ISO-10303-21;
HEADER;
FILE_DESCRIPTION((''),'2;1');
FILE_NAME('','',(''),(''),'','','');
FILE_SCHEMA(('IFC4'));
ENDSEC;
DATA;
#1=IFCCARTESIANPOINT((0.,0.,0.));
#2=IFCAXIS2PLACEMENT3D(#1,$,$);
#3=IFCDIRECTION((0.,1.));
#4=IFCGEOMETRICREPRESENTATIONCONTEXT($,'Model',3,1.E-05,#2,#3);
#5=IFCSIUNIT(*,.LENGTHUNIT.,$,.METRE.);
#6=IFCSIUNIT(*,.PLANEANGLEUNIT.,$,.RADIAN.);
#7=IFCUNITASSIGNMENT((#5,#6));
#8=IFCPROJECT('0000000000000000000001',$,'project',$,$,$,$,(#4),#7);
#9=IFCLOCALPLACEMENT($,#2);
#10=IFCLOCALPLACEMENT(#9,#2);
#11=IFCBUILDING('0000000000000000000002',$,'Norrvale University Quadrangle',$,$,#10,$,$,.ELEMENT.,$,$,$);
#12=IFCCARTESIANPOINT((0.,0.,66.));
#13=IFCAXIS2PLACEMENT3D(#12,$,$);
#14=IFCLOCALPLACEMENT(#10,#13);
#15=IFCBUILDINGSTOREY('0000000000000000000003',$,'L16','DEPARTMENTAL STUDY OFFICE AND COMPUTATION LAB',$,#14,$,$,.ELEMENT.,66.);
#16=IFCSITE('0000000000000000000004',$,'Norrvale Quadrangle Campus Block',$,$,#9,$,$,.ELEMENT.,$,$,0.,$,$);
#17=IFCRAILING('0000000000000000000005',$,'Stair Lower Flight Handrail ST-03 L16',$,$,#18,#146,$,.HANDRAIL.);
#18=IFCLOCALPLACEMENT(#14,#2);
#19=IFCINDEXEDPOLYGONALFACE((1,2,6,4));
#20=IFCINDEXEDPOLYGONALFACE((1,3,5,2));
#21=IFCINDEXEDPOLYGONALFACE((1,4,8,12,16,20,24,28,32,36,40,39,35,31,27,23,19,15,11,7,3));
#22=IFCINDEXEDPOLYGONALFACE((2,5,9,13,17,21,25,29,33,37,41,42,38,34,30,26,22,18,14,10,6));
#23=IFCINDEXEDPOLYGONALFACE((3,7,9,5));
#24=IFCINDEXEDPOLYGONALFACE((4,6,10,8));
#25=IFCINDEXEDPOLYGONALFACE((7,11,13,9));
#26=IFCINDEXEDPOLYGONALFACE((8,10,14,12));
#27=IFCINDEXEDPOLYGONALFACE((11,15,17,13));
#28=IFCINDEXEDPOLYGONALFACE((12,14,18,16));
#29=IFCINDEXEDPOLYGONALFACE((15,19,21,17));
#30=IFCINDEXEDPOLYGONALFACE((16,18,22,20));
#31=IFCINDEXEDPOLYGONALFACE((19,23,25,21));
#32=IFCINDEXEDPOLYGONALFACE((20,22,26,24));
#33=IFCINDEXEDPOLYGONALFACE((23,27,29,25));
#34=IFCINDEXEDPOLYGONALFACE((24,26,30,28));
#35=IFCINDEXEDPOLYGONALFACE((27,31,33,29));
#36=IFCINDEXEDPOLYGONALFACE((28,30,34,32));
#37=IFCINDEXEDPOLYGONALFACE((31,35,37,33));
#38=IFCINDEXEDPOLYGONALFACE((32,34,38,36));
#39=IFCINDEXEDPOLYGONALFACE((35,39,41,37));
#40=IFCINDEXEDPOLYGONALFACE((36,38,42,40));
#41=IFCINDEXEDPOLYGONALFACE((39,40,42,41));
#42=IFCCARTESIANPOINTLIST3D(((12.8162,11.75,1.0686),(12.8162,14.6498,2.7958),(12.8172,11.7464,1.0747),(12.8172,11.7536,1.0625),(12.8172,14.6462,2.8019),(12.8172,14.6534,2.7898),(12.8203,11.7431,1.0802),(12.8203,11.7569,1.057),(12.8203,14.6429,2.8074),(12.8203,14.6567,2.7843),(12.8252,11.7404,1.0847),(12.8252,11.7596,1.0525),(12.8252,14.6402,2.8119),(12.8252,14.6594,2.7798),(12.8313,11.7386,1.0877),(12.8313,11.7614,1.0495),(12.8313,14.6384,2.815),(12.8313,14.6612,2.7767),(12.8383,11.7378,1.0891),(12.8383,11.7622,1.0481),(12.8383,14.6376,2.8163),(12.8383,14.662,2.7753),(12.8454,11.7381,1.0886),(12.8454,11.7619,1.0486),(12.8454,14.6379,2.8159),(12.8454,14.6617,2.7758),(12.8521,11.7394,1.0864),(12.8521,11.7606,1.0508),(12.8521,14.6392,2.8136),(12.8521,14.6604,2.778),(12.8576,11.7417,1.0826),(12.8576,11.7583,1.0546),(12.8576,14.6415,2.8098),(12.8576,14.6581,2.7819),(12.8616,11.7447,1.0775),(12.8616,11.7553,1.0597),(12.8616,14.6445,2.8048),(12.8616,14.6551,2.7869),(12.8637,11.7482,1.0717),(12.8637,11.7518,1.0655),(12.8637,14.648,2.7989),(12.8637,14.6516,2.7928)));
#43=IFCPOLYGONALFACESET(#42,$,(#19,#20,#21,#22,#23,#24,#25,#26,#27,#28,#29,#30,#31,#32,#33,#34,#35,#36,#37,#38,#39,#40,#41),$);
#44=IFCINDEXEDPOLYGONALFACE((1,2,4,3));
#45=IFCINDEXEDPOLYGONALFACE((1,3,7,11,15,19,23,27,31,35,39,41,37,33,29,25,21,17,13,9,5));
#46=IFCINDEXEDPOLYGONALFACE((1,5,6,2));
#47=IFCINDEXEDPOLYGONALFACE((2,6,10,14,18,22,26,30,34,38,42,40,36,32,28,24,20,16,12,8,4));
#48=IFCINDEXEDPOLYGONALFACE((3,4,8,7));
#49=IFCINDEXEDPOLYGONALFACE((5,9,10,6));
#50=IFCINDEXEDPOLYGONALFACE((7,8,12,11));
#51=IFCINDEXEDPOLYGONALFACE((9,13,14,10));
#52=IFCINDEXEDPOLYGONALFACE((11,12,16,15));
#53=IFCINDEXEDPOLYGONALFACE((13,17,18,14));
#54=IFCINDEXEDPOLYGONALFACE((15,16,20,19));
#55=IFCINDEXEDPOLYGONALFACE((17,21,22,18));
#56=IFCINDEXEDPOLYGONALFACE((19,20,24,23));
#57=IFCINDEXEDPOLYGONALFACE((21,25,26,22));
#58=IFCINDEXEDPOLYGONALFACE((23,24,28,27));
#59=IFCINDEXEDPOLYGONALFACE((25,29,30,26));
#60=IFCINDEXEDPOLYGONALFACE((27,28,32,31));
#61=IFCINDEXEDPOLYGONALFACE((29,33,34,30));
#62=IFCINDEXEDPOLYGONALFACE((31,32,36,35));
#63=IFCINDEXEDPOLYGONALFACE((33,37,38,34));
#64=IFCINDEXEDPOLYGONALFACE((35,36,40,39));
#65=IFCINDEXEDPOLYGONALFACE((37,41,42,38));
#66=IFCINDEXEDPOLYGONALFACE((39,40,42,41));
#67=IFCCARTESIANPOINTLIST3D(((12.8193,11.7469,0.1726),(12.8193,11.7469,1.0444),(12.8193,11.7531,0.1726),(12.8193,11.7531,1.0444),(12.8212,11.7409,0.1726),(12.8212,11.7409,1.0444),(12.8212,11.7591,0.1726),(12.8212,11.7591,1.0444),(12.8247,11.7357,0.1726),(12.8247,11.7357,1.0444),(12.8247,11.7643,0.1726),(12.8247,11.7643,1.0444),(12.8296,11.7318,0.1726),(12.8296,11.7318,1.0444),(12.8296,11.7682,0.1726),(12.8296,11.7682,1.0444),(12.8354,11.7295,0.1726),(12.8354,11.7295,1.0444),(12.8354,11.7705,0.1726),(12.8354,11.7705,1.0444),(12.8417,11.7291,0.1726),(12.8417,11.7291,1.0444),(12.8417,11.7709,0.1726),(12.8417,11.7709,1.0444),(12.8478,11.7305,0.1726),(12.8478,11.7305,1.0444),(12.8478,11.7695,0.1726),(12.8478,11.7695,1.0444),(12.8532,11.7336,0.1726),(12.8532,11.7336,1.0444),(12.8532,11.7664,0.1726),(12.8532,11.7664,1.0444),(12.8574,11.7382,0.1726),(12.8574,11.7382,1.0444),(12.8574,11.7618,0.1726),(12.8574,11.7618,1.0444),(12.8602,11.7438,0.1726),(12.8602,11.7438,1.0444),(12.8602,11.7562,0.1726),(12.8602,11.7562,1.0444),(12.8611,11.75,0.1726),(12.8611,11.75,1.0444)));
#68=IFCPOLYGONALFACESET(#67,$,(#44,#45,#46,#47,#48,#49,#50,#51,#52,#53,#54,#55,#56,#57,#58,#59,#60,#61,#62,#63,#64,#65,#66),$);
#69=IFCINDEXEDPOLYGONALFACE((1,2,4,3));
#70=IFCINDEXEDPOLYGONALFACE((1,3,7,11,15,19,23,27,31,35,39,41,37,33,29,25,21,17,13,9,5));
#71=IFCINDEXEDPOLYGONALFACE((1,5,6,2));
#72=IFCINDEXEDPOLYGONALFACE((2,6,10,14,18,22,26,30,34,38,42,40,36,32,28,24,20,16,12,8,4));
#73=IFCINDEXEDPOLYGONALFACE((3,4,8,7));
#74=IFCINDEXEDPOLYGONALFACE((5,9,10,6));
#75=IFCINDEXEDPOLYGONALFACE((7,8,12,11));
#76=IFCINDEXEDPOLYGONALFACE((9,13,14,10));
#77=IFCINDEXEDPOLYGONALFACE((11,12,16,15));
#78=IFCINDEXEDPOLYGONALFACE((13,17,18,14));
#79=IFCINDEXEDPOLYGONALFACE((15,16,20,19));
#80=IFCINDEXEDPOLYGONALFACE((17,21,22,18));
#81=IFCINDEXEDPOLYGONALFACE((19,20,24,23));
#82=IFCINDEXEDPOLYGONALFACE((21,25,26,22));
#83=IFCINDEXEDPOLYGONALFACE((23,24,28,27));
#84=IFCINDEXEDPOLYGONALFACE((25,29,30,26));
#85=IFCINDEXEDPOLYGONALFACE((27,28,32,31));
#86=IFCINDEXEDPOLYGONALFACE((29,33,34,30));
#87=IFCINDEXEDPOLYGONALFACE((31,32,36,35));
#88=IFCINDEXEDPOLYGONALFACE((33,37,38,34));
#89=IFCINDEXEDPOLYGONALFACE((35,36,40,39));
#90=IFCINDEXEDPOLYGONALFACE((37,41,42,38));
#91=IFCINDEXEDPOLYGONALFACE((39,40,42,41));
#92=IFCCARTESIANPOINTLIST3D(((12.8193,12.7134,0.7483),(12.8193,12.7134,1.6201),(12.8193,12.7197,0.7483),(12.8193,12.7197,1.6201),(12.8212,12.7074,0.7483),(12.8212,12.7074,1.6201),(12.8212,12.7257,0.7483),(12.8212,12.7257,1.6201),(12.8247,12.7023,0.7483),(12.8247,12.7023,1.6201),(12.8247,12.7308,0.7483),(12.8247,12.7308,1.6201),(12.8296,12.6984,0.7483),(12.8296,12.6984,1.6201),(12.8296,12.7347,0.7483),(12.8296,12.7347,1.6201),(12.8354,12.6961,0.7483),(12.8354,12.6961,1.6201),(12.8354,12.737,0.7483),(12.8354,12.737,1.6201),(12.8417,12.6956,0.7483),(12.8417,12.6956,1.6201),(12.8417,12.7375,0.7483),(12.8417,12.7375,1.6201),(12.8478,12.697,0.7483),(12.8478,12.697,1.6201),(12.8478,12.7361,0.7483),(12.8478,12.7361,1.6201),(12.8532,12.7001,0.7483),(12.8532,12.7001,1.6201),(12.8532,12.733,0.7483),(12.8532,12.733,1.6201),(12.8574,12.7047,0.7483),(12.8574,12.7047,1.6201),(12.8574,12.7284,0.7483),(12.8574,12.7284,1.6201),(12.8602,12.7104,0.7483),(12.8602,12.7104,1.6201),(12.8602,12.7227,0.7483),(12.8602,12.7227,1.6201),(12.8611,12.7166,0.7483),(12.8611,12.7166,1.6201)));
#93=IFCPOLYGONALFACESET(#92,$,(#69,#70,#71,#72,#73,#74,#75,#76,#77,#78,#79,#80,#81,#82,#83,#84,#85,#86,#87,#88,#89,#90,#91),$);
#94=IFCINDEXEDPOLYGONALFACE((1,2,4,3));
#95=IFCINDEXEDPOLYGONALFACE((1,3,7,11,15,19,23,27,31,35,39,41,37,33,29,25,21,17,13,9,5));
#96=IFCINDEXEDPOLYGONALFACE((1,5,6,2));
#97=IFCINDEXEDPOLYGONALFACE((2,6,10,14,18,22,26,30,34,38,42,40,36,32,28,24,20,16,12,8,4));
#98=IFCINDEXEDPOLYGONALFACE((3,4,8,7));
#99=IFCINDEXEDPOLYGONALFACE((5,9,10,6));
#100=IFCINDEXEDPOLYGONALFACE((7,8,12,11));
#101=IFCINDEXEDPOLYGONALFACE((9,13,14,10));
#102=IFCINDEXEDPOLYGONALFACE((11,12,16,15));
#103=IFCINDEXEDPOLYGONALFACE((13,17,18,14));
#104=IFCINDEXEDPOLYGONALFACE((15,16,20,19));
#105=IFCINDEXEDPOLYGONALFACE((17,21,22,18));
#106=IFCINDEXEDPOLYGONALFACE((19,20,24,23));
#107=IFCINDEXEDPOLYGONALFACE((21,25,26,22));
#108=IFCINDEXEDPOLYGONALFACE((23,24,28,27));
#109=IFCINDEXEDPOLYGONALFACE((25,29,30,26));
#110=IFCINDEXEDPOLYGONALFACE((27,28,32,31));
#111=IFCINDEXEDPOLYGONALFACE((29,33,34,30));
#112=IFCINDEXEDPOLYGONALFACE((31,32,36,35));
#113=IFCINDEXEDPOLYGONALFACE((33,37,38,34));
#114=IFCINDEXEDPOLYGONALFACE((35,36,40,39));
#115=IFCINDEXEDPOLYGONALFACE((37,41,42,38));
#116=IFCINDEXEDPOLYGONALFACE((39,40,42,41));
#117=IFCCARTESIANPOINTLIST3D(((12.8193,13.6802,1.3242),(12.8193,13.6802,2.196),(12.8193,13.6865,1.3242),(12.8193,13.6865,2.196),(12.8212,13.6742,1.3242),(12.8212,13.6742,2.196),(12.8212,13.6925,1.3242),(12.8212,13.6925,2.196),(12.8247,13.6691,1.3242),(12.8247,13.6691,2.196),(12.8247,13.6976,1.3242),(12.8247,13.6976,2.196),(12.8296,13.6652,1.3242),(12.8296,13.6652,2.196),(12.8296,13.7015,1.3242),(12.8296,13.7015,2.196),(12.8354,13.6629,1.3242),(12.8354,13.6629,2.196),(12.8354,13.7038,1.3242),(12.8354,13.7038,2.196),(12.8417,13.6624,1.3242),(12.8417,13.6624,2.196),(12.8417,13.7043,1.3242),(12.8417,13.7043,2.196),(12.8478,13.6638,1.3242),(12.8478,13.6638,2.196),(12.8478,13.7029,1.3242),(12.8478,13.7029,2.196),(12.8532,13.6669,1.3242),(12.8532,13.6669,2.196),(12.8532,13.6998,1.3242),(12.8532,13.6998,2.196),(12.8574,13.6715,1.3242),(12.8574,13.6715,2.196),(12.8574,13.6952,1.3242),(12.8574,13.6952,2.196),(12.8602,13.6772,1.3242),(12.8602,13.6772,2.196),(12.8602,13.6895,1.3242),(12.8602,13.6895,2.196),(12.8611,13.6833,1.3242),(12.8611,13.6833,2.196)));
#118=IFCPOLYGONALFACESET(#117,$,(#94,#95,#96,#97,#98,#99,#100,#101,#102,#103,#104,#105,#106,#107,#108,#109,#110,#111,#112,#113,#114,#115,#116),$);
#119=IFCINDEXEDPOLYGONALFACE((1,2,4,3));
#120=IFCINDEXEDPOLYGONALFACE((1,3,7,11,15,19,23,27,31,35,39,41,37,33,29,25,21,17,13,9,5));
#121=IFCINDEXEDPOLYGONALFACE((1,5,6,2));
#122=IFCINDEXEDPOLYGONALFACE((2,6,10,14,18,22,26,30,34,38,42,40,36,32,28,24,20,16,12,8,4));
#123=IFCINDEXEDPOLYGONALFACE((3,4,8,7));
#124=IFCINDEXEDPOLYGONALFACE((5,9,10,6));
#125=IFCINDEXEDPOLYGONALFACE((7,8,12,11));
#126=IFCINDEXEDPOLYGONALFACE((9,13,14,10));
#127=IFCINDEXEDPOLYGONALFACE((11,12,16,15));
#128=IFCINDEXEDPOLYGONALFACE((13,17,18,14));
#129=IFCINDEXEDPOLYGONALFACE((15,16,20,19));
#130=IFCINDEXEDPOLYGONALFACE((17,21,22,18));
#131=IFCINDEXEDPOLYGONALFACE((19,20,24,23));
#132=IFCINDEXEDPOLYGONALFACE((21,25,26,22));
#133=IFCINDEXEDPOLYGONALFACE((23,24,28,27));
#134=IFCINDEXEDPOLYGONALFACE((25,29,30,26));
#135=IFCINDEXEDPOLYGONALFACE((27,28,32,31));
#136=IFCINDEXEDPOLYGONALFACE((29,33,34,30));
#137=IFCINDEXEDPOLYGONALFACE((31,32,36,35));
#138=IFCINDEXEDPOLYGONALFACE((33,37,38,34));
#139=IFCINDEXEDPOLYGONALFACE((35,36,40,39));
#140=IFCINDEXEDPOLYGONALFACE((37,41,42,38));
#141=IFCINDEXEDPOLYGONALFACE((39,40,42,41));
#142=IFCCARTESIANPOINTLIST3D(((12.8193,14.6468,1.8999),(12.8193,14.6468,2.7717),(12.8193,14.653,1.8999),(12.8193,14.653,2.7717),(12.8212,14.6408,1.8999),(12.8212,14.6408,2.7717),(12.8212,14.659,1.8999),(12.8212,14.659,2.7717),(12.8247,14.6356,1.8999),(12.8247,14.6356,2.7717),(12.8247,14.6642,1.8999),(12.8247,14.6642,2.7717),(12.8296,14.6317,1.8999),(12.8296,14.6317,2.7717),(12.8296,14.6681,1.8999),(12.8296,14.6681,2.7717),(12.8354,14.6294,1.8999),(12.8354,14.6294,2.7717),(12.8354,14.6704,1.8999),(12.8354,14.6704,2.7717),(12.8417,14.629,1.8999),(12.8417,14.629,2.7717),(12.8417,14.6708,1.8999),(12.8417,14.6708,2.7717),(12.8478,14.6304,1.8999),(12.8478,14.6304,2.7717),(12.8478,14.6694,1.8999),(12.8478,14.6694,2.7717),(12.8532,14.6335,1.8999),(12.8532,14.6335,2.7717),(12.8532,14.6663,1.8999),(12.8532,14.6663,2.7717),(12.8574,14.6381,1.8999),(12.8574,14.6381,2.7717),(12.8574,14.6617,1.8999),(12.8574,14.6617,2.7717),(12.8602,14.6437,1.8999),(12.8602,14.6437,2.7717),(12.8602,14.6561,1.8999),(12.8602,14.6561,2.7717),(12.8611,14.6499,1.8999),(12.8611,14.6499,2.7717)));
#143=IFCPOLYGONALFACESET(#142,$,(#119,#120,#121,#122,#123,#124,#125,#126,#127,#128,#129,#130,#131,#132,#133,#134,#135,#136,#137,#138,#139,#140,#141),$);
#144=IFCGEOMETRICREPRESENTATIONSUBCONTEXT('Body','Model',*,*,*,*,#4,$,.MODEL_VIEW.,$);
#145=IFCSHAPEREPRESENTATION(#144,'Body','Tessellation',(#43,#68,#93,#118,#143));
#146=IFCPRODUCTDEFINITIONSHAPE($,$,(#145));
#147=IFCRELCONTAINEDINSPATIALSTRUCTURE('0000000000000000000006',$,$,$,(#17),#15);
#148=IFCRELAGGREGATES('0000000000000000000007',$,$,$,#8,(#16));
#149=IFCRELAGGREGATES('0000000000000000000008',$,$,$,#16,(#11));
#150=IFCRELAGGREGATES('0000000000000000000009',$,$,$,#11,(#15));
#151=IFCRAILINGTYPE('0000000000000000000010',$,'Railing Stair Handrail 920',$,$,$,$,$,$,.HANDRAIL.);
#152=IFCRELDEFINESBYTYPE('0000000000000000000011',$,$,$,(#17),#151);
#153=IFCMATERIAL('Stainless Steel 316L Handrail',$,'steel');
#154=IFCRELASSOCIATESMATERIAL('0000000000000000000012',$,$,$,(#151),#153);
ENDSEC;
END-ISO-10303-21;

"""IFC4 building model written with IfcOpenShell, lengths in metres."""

from ifc_helpers import new_model, si_unit, direction, frame, origin, origin_2d, place, context, subcontext, project, spatial, circle, extrude, material, type_object, element, save


model = new_model("IFC4")

# Units and contexts
model_context = context("Model", 3, precision=1e-05, world=origin(), true_north=direction((0.0, 1.0)))
body_context = subcontext(model_context, "Body", "Model", "MODEL_VIEW")
ifc_project = project(units=[si_unit("LENGTHUNIT", "METRE"), si_unit("PLANEANGLEUNIT", "RADIAN")], contexts=[model_context])

# Site, building, storey
site_placement = place(None, origin())
site = spatial("IfcSite", under=ifc_project, at=site_placement, Name="Norrvale Quadrangle Campus Block", CompositionType="ELEMENT", RefElevation=0.0)
building_placement = place(site_placement, origin())
building = spatial("IfcBuilding", under=site, at=building_placement, Name="Norrvale University Quadrangle", CompositionType="ELEMENT")
storey_placement = place(building_placement, frame((0.0, 0.0, 66.0)))
storey = spatial("IfcBuildingStorey", under=building, at=storey_placement, Name="L16", Description="DEPARTMENTAL STUDY OFFICE AND COMPUTATION LAB", CompositionType="ELEMENT", Elevation=66.0)

# Railing
ifc_material_1 = material(Name="Stainless Steel 316L Handrail", Category="steel")
railing_type_1 = type_object("IfcRailingType", Name="Railing Stair Handrail 920", PredefinedType="HANDRAIL", material=ifc_material_1)
railing_1_placement = place(storey_placement, frame((12.8401, 11.75, 0.1726)))
element("IfcRailing", 1, at=railing_1_placement, inside=storey, type_object=railing_type_1, Name="Stair Lower Flight Handrail ST-03 L16", PredefinedType="HANDRAIL", context=body_context, shape_type="SweptSolid", body=[
    extrude(circle(Radius=0.0239, at=origin_2d()), frame((0.0, 0.0, 0.896), z_axis=(0.0, 0.859141, 0.511738), x_axis=(-1.0, 0.0, 0.0)), (0.0, 0.0, 1.0), 3.3752),
    extrude(circle(Radius=0.021, at=origin_2d()), origin(), (0.0, 0.0, 1.0), 0.8718),
    extrude(circle(Radius=0.021, at=origin_2d()), frame((0.0, 0.9666, 0.5757)), (0.0, 0.0, 1.0), 0.8718),
    extrude(circle(Radius=0.021, at=origin_2d()), frame((0.0, 1.9333, 1.1516)), (0.0, 0.0, 1.0), 0.8718),
    extrude(circle(Radius=0.021, at=origin_2d()), frame((0.0, 2.8999, 1.7273)), (0.0, 0.0, 1.0), 0.8718),
])

save(model, "model.ifc")
